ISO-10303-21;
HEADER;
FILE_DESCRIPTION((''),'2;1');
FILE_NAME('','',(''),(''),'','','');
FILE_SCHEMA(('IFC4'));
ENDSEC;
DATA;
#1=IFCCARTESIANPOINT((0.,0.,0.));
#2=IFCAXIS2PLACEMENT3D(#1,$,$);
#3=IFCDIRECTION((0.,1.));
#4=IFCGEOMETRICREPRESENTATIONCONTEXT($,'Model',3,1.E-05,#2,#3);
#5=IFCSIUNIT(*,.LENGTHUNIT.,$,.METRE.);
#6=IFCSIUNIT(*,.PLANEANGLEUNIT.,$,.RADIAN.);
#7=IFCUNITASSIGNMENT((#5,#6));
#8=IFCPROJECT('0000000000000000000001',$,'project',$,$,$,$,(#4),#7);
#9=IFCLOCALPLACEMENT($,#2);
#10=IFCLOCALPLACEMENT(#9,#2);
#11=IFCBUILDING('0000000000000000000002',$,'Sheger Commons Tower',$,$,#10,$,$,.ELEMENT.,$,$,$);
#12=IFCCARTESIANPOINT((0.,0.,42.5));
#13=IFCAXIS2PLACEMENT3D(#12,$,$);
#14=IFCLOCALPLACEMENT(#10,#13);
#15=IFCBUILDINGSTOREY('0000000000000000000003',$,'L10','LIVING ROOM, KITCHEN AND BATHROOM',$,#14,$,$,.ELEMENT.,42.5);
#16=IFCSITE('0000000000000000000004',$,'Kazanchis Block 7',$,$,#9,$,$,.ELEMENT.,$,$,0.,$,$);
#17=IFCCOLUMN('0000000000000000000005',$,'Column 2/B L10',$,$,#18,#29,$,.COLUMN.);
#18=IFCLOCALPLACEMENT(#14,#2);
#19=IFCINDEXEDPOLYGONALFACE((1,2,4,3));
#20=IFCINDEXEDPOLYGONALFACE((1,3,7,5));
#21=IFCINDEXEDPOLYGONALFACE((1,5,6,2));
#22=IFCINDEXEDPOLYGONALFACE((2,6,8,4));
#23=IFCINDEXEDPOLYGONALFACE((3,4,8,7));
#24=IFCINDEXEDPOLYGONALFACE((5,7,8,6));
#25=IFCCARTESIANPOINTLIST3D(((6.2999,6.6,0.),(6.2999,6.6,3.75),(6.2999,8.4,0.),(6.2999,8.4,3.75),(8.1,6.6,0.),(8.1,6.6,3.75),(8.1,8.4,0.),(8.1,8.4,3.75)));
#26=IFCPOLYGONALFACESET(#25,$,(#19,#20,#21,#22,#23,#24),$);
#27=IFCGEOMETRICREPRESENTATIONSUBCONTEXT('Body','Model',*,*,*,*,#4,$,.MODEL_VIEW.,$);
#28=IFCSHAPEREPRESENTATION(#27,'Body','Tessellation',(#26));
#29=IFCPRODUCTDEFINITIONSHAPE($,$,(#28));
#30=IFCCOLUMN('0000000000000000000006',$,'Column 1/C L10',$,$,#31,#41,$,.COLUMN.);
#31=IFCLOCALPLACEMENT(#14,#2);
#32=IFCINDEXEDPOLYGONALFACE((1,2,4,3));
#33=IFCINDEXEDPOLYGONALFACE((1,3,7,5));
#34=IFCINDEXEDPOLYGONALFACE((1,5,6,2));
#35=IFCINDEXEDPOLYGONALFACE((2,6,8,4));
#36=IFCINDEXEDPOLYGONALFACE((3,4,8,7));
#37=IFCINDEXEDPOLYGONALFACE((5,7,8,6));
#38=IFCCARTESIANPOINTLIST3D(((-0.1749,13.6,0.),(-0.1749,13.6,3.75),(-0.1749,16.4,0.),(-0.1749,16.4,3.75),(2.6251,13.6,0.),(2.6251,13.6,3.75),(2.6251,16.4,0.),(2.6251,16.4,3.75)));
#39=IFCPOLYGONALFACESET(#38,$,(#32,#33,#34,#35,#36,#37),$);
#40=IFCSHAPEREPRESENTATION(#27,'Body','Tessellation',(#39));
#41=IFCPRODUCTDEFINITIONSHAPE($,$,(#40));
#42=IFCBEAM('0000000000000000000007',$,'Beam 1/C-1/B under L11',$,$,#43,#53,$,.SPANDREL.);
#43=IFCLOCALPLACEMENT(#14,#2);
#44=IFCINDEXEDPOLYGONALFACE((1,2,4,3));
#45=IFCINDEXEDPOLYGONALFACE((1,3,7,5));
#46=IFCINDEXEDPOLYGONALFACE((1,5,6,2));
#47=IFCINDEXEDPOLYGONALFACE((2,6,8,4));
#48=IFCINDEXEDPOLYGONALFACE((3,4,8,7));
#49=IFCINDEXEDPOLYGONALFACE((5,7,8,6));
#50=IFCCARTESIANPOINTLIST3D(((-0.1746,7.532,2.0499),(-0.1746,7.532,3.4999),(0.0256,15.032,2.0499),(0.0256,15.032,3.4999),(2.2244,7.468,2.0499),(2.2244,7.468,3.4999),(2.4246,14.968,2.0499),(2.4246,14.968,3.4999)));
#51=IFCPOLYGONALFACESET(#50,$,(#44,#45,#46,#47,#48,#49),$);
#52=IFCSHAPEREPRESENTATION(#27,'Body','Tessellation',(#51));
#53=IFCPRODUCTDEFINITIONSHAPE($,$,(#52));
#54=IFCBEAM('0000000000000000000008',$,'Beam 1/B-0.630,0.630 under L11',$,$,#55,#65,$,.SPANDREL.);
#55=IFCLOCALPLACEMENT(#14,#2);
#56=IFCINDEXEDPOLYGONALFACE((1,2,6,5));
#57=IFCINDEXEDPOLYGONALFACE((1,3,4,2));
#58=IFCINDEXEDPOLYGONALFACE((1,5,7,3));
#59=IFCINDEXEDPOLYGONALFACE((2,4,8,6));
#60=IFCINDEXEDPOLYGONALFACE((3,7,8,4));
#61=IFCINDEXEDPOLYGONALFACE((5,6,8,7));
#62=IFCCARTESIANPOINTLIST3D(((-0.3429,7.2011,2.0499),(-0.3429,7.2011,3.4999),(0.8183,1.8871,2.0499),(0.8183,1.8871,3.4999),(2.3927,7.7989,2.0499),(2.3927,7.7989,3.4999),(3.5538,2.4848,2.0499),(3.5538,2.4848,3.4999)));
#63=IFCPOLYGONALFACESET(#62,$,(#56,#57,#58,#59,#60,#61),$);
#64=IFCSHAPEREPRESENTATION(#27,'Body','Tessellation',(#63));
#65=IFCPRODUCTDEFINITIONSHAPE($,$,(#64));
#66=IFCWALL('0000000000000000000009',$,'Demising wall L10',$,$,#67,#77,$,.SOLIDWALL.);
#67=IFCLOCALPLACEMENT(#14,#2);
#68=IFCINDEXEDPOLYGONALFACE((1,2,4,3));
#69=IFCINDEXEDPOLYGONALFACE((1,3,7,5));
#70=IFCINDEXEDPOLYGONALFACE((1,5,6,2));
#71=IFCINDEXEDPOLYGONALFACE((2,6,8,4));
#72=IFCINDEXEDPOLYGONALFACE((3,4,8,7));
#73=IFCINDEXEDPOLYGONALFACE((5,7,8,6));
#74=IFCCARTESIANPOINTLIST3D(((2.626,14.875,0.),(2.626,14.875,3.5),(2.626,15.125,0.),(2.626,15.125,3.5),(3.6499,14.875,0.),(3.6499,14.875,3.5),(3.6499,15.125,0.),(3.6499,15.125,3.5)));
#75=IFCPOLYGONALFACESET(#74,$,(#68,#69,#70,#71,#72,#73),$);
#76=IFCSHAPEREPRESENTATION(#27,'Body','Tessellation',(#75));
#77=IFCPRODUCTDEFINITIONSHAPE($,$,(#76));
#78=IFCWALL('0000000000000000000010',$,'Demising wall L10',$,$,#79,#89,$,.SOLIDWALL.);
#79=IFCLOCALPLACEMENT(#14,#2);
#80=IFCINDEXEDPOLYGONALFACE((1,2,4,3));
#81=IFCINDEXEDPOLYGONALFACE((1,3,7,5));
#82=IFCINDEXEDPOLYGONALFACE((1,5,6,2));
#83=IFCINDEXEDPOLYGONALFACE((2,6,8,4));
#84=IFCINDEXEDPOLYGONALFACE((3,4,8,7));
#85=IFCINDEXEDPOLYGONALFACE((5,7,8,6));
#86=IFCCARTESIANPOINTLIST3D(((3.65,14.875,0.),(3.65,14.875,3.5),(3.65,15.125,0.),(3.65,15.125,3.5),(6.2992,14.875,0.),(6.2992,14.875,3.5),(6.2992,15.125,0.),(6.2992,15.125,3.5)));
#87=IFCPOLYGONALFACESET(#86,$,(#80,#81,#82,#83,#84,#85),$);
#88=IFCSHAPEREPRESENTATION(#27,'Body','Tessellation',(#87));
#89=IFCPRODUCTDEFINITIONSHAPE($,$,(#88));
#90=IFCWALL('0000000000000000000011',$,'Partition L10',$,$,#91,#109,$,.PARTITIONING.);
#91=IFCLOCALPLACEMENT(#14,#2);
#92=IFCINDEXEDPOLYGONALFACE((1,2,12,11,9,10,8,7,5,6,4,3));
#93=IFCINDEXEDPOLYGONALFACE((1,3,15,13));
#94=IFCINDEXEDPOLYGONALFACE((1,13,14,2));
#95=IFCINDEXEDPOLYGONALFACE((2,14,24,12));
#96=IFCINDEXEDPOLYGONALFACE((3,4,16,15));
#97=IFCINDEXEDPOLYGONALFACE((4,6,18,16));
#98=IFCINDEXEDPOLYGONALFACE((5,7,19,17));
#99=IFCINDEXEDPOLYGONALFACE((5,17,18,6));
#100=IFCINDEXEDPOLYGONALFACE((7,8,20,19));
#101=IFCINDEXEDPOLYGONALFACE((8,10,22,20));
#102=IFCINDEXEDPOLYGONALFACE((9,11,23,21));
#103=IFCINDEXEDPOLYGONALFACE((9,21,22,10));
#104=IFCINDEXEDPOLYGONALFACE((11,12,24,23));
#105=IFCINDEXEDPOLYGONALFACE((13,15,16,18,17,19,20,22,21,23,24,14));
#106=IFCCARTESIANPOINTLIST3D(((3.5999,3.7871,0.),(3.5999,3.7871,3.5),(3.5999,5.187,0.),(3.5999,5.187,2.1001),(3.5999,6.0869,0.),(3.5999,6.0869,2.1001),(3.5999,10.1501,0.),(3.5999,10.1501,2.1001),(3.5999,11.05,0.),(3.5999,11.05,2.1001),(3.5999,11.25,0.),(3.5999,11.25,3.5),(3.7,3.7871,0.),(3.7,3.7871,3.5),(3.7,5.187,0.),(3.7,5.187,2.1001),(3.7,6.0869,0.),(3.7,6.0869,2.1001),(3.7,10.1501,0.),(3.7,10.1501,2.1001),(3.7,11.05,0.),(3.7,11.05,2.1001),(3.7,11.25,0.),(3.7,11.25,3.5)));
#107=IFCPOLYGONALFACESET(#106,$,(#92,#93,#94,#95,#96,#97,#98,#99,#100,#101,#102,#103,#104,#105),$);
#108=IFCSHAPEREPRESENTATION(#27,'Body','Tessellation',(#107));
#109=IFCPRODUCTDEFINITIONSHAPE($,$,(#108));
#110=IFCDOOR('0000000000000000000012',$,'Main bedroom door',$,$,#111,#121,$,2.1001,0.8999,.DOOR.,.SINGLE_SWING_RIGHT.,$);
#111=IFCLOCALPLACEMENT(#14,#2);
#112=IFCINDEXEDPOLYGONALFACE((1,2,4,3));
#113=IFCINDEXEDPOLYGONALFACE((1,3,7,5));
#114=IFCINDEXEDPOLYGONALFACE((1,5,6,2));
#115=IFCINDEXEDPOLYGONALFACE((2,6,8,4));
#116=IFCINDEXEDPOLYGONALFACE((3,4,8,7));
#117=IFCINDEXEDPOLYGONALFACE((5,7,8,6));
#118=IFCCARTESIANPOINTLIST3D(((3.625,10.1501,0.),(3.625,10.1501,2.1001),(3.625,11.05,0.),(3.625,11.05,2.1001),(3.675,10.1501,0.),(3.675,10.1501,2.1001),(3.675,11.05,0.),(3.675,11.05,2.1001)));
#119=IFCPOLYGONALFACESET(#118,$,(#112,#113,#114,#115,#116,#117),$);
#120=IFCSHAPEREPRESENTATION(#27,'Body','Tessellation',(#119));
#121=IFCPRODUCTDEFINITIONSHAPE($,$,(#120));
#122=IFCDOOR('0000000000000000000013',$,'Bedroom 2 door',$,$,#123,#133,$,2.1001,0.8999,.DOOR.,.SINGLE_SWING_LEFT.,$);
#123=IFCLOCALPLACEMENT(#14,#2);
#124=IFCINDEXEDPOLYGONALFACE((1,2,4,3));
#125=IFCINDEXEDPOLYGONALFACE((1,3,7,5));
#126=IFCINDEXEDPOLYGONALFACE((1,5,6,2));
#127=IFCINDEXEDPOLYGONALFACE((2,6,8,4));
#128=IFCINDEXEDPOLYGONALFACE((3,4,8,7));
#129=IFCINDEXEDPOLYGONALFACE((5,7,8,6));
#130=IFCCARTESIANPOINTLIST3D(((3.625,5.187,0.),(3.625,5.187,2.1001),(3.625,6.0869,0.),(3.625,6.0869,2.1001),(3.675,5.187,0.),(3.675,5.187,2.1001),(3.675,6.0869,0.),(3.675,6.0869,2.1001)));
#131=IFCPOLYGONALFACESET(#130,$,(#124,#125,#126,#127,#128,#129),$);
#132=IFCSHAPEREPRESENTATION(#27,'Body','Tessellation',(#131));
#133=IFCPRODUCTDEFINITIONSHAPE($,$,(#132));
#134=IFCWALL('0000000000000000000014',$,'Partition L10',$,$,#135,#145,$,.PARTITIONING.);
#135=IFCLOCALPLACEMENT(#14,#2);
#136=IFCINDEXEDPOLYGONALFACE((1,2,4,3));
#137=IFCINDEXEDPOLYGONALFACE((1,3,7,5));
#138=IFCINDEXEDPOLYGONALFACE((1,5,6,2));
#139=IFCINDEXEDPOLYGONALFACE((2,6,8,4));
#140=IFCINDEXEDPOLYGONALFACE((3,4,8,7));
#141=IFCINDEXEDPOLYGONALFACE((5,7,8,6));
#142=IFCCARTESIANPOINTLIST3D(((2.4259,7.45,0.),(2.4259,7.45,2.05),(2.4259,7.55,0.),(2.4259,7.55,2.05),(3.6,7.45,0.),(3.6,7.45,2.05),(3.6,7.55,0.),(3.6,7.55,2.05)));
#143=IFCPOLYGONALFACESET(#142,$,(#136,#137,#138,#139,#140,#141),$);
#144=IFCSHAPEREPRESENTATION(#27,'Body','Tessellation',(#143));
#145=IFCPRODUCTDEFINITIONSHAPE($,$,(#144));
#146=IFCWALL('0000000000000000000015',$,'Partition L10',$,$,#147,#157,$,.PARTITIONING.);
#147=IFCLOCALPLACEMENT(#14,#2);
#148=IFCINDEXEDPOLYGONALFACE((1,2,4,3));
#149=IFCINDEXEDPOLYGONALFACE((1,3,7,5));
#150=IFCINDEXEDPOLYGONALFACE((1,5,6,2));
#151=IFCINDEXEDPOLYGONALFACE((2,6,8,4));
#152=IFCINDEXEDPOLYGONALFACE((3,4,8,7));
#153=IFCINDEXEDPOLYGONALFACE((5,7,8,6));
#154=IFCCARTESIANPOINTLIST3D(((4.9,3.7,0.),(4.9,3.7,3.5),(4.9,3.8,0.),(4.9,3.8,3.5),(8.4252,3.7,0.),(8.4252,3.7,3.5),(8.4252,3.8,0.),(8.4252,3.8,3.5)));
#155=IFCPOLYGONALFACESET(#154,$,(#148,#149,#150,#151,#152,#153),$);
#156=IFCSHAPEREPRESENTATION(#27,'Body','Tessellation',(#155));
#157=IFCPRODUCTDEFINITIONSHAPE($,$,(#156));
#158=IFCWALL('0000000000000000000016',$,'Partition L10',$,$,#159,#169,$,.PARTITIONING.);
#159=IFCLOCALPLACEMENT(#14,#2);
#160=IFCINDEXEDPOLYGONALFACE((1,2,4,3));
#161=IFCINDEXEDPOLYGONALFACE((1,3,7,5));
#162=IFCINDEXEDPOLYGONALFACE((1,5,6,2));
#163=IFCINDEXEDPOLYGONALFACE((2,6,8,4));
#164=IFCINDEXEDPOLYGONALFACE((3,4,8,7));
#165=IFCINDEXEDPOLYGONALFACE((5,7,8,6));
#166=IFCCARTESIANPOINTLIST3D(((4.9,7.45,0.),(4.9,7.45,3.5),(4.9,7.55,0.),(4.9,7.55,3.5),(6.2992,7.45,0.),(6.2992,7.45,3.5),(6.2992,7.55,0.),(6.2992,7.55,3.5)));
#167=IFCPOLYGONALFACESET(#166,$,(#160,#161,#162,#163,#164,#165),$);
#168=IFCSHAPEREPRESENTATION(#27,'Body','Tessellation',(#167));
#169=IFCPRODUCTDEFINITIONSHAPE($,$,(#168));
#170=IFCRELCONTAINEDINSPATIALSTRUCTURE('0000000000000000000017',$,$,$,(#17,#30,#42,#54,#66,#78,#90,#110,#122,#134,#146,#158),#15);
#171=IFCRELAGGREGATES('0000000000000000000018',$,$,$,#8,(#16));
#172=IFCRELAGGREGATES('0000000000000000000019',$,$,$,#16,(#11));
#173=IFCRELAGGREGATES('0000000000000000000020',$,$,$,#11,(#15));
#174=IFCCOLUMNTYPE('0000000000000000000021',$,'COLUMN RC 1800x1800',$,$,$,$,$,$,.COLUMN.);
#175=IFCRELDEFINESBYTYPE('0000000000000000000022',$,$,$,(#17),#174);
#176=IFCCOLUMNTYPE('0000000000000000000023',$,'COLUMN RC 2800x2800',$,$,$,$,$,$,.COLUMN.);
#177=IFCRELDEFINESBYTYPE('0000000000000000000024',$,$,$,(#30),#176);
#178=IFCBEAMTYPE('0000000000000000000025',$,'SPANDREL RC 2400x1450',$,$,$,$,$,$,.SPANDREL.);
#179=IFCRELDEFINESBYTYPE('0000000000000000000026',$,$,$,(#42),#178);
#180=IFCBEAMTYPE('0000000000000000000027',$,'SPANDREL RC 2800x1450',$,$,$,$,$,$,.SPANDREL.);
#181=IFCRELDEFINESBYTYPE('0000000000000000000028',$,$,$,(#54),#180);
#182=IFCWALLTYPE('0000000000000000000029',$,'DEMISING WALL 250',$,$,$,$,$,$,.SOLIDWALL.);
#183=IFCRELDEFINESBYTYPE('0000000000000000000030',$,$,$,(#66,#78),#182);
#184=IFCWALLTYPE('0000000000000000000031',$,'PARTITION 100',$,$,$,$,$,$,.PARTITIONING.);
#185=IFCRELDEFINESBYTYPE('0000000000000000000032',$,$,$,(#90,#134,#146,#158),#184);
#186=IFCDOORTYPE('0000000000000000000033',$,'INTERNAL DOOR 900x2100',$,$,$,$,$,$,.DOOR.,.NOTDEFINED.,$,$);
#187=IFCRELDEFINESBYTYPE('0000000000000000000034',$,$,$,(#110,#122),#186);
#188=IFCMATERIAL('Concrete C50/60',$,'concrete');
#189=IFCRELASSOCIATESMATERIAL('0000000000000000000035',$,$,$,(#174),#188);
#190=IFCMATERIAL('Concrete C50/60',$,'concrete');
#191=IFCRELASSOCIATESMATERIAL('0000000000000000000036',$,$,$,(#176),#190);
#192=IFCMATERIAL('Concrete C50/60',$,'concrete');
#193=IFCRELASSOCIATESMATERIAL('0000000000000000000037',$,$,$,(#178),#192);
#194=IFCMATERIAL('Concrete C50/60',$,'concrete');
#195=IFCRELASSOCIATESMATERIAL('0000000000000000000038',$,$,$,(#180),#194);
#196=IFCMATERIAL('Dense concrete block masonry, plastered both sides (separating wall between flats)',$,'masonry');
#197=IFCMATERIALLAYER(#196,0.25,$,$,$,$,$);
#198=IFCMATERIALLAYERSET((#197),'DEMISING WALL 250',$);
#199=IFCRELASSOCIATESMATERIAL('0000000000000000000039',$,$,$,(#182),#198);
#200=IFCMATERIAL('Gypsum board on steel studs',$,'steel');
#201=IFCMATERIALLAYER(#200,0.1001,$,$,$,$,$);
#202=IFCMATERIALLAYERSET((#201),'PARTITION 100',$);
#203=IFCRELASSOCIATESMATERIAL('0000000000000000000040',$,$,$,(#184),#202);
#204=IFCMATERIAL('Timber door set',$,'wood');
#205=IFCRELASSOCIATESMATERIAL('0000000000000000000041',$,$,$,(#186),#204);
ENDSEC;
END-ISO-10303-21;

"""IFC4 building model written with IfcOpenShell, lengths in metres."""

from ifc_helpers import new_model, si_unit, direction, frame, frame_2d, origin, origin_2d, place, context, subcontext, project, spatial, rectangle, extrude, material, layer, layer_set, material_profile, profile_set, type_object, element, fill, save


model = new_model("IFC4")

# Units and contexts
model_context = context("Model", 3, precision=1e-05, world=origin(), true_north=direction((0.0, 1.0)))
body_context = subcontext(model_context, "Body", "Model", "MODEL_VIEW")
ifc_project = project(units=[si_unit("LENGTHUNIT", "METRE"), si_unit("PLANEANGLEUNIT", "RADIAN")], contexts=[model_context])

# Site, building, storey
site_placement = place(None, origin())
site = spatial("IfcSite", under=ifc_project, at=site_placement, Name="Kazanchis Block 7", CompositionType="ELEMENT", RefElevation=0.0)
building_placement = place(site_placement, origin())
building = spatial("IfcBuilding", under=site, at=building_placement, Name="Sheger Commons Tower", CompositionType="ELEMENT")
storey_placement = place(building_placement, frame((0.0, 0.0, 42.5)))
storey = spatial("IfcBuildingStorey", under=building, at=storey_placement, Name="L10", Description="LIVING ROOM, KITCHEN AND BATHROOM", CompositionType="ELEMENT", Elevation=42.5)

# Columns
ifc_material_1 = material(Name="Concrete C50/60", Category="concrete")
ifc_material_profile_1 = material_profile(ifc_material_1, rectangle(XDim=1.8, YDim=1.8, at=origin_2d()), Name="RC 1800x1800")
ifc_profile_set_1 = profile_set([ifc_material_profile_1], Name="Concrete C50/60")
column_type_1 = type_object("IfcColumnType", Name="COLUMN RC 1800x1800", PredefinedType="COLUMN", material=ifc_profile_set_1)
column_1_placement = place(storey_placement, frame((7.2, 7.5, 0.0), z_axis=(0.0, 0.0, 1.0), x_axis=(1.0, 0.0, 0.0)))
element("IfcColumn", 1, at=column_1_placement, inside=storey, type_object=column_type_1, Name="Column 2/B L10", PredefinedType="COLUMN", context=body_context, shape_type="SweptSolid", body=[
    extrude(rectangle(XDim=1.8, YDim=1.8, at=origin_2d()), origin(), (0.0, 0.0, 1.0), 3.75),
])
ifc_material_2 = material(Name="Concrete C50/60", Category="concrete")
ifc_material_profile_2 = material_profile(ifc_material_2, rectangle(XDim=2.8, YDim=2.8, at=origin_2d()), Name="RC 2800x2800")
ifc_profile_set_2 = profile_set([ifc_material_profile_2], Name="Concrete C50/60")
column_type_2 = type_object("IfcColumnType", Name="COLUMN RC 2800x2800", PredefinedType="COLUMN", material=ifc_profile_set_2)
column_2_placement = place(storey_placement, frame((1.2251, 15.0, 0.0), z_axis=(0.0, 0.0, 1.0), x_axis=(1.0, 0.0, 0.0)))
element("IfcColumn", 2, at=column_2_placement, inside=storey, type_object=column_type_2, Name="Column 1/C L10", PredefinedType="COLUMN", context=body_context, shape_type="SweptSolid", body=[
    extrude(rectangle(XDim=2.8, YDim=2.8, at=origin_2d()), origin(), (0.0, 0.0, 1.0), 3.75),
])

# Beams
ifc_material_3 = material(Name="Concrete C50/60", Category="concrete")
ifc_material_profile_3 = material_profile(ifc_material_3, rectangle(XDim=2.3999, YDim=1.45, at=origin_2d()), Name="RC 2400x1450")
ifc_profile_set_3 = profile_set([ifc_material_profile_3], Name="Concrete C50/60")
beam_type_1 = type_object("IfcBeamType", Name="SPANDREL RC 2400x1450", PredefinedType="SPANDREL", material=ifc_profile_set_3)
beam_1_placement = place(storey_placement, frame((1.2251, 15.0, 2.7749), z_axis=(-0.026683, -0.999644, 0.0), x_axis=(0.999644, -0.026683, 0.0)))
element("IfcBeam", 3, at=beam_1_placement, inside=storey, type_object=beam_type_1, Name="Beam 1/C-1/B under L11", PredefinedType="SPANDREL", context=body_context, shape_type="SweptSolid", body=[
    extrude(rectangle(XDim=2.3999, YDim=1.45, at=origin_2d()), origin(), (0.0, 0.0, 1.0), 7.5027),
])
ifc_material_4 = material(Name="Concrete C50/60", Category="concrete")
ifc_material_profile_4 = material_profile(ifc_material_4, rectangle(XDim=2.8, YDim=1.45, at=origin_2d()), Name="RC 2800x1450")
ifc_profile_set_4 = profile_set([ifc_material_profile_4], Name="Concrete C50/60")
beam_type_2 = type_object("IfcBeamType", Name="SPANDREL RC 2800x1450", PredefinedType="SPANDREL", material=ifc_profile_set_4)
beam_2_placement = place(storey_placement, frame((1.0249, 7.5, 2.7749), z_axis=(0.213469, -0.97695, 0.0), x_axis=(0.97695, 0.213469, 0.0)))
element("IfcBeam", 4, at=beam_2_placement, inside=storey, type_object=beam_type_2, Name="Beam 1/B-0.630,0.630 under L11", PredefinedType="SPANDREL", context=body_context, shape_type="SweptSolid", body=[
    extrude(rectangle(XDim=2.8, YDim=1.45, at=origin_2d()), origin(), (0.0, 0.0, 1.0), 5.4395),
])

# Walls
ifc_material_5 = material(Name="Dense concrete block masonry, plastered both sides (separating wall between flats)", Category="masonry")
ifc_layer_1 = layer(ifc_material_5, 0.25)
ifc_layer_set_1 = layer_set([ifc_layer_1], Name="DEMISING WALL 250")
wall_type_1 = type_object("IfcWallType", Name="DEMISING WALL 250", PredefinedType="SOLIDWALL", material=ifc_layer_set_1)
wall_1_placement = place(storey_placement, frame((2.626, 15.0, 0.0), z_axis=(0.0, 0.0, 1.0), x_axis=(1.0, 0.0, 0.0)))
element("IfcWall", 5, at=wall_1_placement, inside=storey, type_object=wall_type_1, Name="Demising wall L10", PredefinedType="SOLIDWALL", context=body_context, shape_type="SweptSolid", body=[
    extrude(rectangle(XDim=1.0239, YDim=0.25, at=frame_2d((0.512, 0.0))), origin(), (0.0, 0.0, 1.0), 3.5),
])
wall_2_placement = place(storey_placement, frame((3.6499, 15.0, 0.0), z_axis=(0.0, 0.0, 1.0), x_axis=(1.0, 0.0, 0.0)))
element("IfcWall", 6, at=wall_2_placement, inside=storey, type_object=wall_type_1, Name="Demising wall L10", PredefinedType="SOLIDWALL", context=body_context, shape_type="SweptSolid", body=[
    extrude(rectangle(XDim=2.6492, YDim=0.25, at=frame_2d((1.3247, 0.0))), origin(), (0.0, 0.0, 1.0), 3.5),
])

# Wall, openings, doors
ifc_material_6 = material(Name="Gypsum board on steel studs", Category="steel")
ifc_layer_2 = layer(ifc_material_6, 0.1001)
ifc_layer_set_2 = layer_set([ifc_layer_2], Name="PARTITION 100")
wall_type_2 = type_object("IfcWallType", Name="PARTITION 100", PredefinedType="PARTITIONING", material=ifc_layer_set_2)
wall_3_placement = place(storey_placement, frame((3.6499, 3.7871, 0.0), z_axis=(0.0, 0.0, 1.0), x_axis=(0.0, 1.0, 0.0)))
wall_3 = element("IfcWall", 7, at=wall_3_placement, inside=storey, type_object=wall_type_2, Name="Partition L10", PredefinedType="PARTITIONING", context=body_context, shape_type="SweptSolid", body=[
    extrude(rectangle(XDim=7.4629, YDim=0.1001, at=frame_2d((3.7314, 0.0))), origin(), (0.0, 0.0, 1.0), 3.5),
])
opening_1_placement = place(wall_3_placement, frame((6.363, 0.0, 0.0)))
opening_1 = element("IfcOpeningElement", 8, at=opening_1_placement, cuts=wall_3, PredefinedType="OPENING", context=body_context, shape_type="SweptSolid", body=[
    extrude(rectangle(XDim=0.8999, YDim=2.1001, at=frame_2d((0.45, 1.05))), frame((0.0, 0.0601, 0.0), z_axis=(0.0, -1.0, 0.0), x_axis=(1.0, 0.0, 0.0)), (0.0, 0.0, 1.0), 0.1201),
])
opening_2_placement = place(wall_3_placement, frame((1.3999, 0.0, 0.0)))
opening_2 = element("IfcOpeningElement", 9, at=opening_2_placement, cuts=wall_3, PredefinedType="OPENING", context=body_context, shape_type="SweptSolid", body=[
    extrude(rectangle(XDim=0.8999, YDim=2.1001, at=frame_2d((0.45, 1.05))), frame((0.0, 0.0601, 0.0), z_axis=(0.0, -1.0, 0.0), x_axis=(1.0, 0.0, 0.0)), (0.0, 0.0, 1.0), 0.1201),
])
ifc_material_7 = material(Name="Timber door set", Category="wood")
door_type = type_object("IfcDoorType", Name="INTERNAL DOOR 900x2100", OperationType="NOTDEFINED", PredefinedType="DOOR", material=ifc_material_7)
door_1_placement = place(opening_1_placement, origin())
door_1 = element("IfcDoor", 10, at=door_1_placement, inside=storey, type_object=door_type, Name="Main bedroom door", OperationType="SINGLE_SWING_RIGHT", OverallHeight=2.1001, OverallWidth=0.8999, PredefinedType="DOOR", context=body_context, shape_type="SweptSolid", body=[
    extrude(rectangle(XDim=0.8999, YDim=2.1001, at=frame_2d((0.45, 1.05))), frame((0.0, 0.0249, 0.0), z_axis=(0.0, -1.0, 0.0), x_axis=(1.0, 0.0, 0.0)), (0.0, 0.0, 1.0), 0.05),
])
fill(opening_1, door_1)
door_2_placement = place(opening_2_placement, origin())
door_2 = element("IfcDoor", 11, at=door_2_placement, inside=storey, type_object=door_type, Name="Bedroom 2 door", OperationType="SINGLE_SWING_LEFT", OverallHeight=2.1001, OverallWidth=0.8999, PredefinedType="DOOR", context=body_context, shape_type="SweptSolid", body=[
    extrude(rectangle(XDim=0.8999, YDim=2.1001, at=frame_2d((0.45, 1.05))), frame((0.0, 0.0249, 0.0), z_axis=(0.0, -1.0, 0.0), x_axis=(1.0, 0.0, 0.0)), (0.0, 0.0, 1.0), 0.05),
])
fill(opening_2, door_2)

# Walls
wall_4_placement = place(storey_placement, frame((2.426, 7.5, 0.0), z_axis=(0.0, 0.0, 1.0), x_axis=(1.0, 0.0, 0.0)))
element("IfcWall", 12, at=wall_4_placement, inside=storey, type_object=wall_type_2, Name="Partition L10", PredefinedType="PARTITIONING", context=body_context, shape_type="SweptSolid", body=[
    extrude(rectangle(XDim=1.1741, YDim=0.1001, at=frame_2d((0.5869, 0.0))), origin(), (0.0, 0.0, 1.0), 2.05),
])
wall_5_placement = place(storey_placement, frame((4.8999, 3.75, 0.0), z_axis=(0.0, 0.0, 1.0), x_axis=(1.0, 0.0, 0.0)))
element("IfcWall", 13, at=wall_5_placement, inside=storey, type_object=wall_type_2, Name="Partition L10", PredefinedType="PARTITIONING", context=body_context, shape_type="SweptSolid", body=[
    extrude(rectangle(XDim=3.5251, YDim=0.1001, at=frame_2d((1.7627, 0.0))), origin(), (0.0, 0.0, 1.0), 3.5),
])
wall_6_placement = place(storey_placement, frame((4.8999, 7.5, 0.0), z_axis=(0.0, 0.0, 1.0), x_axis=(1.0, 0.0, 0.0)))
element("IfcWall", 14, at=wall_6_placement, inside=storey, type_object=wall_type_2, Name="Partition L10", PredefinedType="PARTITIONING", context=body_context, shape_type="SweptSolid", body=[
    extrude(rectangle(XDim=1.3992, YDim=0.1001, at=frame_2d((0.6997, 0.0))), origin(), (0.0, 0.0, 1.0), 3.5),
])

save(model, "model.ifc")
